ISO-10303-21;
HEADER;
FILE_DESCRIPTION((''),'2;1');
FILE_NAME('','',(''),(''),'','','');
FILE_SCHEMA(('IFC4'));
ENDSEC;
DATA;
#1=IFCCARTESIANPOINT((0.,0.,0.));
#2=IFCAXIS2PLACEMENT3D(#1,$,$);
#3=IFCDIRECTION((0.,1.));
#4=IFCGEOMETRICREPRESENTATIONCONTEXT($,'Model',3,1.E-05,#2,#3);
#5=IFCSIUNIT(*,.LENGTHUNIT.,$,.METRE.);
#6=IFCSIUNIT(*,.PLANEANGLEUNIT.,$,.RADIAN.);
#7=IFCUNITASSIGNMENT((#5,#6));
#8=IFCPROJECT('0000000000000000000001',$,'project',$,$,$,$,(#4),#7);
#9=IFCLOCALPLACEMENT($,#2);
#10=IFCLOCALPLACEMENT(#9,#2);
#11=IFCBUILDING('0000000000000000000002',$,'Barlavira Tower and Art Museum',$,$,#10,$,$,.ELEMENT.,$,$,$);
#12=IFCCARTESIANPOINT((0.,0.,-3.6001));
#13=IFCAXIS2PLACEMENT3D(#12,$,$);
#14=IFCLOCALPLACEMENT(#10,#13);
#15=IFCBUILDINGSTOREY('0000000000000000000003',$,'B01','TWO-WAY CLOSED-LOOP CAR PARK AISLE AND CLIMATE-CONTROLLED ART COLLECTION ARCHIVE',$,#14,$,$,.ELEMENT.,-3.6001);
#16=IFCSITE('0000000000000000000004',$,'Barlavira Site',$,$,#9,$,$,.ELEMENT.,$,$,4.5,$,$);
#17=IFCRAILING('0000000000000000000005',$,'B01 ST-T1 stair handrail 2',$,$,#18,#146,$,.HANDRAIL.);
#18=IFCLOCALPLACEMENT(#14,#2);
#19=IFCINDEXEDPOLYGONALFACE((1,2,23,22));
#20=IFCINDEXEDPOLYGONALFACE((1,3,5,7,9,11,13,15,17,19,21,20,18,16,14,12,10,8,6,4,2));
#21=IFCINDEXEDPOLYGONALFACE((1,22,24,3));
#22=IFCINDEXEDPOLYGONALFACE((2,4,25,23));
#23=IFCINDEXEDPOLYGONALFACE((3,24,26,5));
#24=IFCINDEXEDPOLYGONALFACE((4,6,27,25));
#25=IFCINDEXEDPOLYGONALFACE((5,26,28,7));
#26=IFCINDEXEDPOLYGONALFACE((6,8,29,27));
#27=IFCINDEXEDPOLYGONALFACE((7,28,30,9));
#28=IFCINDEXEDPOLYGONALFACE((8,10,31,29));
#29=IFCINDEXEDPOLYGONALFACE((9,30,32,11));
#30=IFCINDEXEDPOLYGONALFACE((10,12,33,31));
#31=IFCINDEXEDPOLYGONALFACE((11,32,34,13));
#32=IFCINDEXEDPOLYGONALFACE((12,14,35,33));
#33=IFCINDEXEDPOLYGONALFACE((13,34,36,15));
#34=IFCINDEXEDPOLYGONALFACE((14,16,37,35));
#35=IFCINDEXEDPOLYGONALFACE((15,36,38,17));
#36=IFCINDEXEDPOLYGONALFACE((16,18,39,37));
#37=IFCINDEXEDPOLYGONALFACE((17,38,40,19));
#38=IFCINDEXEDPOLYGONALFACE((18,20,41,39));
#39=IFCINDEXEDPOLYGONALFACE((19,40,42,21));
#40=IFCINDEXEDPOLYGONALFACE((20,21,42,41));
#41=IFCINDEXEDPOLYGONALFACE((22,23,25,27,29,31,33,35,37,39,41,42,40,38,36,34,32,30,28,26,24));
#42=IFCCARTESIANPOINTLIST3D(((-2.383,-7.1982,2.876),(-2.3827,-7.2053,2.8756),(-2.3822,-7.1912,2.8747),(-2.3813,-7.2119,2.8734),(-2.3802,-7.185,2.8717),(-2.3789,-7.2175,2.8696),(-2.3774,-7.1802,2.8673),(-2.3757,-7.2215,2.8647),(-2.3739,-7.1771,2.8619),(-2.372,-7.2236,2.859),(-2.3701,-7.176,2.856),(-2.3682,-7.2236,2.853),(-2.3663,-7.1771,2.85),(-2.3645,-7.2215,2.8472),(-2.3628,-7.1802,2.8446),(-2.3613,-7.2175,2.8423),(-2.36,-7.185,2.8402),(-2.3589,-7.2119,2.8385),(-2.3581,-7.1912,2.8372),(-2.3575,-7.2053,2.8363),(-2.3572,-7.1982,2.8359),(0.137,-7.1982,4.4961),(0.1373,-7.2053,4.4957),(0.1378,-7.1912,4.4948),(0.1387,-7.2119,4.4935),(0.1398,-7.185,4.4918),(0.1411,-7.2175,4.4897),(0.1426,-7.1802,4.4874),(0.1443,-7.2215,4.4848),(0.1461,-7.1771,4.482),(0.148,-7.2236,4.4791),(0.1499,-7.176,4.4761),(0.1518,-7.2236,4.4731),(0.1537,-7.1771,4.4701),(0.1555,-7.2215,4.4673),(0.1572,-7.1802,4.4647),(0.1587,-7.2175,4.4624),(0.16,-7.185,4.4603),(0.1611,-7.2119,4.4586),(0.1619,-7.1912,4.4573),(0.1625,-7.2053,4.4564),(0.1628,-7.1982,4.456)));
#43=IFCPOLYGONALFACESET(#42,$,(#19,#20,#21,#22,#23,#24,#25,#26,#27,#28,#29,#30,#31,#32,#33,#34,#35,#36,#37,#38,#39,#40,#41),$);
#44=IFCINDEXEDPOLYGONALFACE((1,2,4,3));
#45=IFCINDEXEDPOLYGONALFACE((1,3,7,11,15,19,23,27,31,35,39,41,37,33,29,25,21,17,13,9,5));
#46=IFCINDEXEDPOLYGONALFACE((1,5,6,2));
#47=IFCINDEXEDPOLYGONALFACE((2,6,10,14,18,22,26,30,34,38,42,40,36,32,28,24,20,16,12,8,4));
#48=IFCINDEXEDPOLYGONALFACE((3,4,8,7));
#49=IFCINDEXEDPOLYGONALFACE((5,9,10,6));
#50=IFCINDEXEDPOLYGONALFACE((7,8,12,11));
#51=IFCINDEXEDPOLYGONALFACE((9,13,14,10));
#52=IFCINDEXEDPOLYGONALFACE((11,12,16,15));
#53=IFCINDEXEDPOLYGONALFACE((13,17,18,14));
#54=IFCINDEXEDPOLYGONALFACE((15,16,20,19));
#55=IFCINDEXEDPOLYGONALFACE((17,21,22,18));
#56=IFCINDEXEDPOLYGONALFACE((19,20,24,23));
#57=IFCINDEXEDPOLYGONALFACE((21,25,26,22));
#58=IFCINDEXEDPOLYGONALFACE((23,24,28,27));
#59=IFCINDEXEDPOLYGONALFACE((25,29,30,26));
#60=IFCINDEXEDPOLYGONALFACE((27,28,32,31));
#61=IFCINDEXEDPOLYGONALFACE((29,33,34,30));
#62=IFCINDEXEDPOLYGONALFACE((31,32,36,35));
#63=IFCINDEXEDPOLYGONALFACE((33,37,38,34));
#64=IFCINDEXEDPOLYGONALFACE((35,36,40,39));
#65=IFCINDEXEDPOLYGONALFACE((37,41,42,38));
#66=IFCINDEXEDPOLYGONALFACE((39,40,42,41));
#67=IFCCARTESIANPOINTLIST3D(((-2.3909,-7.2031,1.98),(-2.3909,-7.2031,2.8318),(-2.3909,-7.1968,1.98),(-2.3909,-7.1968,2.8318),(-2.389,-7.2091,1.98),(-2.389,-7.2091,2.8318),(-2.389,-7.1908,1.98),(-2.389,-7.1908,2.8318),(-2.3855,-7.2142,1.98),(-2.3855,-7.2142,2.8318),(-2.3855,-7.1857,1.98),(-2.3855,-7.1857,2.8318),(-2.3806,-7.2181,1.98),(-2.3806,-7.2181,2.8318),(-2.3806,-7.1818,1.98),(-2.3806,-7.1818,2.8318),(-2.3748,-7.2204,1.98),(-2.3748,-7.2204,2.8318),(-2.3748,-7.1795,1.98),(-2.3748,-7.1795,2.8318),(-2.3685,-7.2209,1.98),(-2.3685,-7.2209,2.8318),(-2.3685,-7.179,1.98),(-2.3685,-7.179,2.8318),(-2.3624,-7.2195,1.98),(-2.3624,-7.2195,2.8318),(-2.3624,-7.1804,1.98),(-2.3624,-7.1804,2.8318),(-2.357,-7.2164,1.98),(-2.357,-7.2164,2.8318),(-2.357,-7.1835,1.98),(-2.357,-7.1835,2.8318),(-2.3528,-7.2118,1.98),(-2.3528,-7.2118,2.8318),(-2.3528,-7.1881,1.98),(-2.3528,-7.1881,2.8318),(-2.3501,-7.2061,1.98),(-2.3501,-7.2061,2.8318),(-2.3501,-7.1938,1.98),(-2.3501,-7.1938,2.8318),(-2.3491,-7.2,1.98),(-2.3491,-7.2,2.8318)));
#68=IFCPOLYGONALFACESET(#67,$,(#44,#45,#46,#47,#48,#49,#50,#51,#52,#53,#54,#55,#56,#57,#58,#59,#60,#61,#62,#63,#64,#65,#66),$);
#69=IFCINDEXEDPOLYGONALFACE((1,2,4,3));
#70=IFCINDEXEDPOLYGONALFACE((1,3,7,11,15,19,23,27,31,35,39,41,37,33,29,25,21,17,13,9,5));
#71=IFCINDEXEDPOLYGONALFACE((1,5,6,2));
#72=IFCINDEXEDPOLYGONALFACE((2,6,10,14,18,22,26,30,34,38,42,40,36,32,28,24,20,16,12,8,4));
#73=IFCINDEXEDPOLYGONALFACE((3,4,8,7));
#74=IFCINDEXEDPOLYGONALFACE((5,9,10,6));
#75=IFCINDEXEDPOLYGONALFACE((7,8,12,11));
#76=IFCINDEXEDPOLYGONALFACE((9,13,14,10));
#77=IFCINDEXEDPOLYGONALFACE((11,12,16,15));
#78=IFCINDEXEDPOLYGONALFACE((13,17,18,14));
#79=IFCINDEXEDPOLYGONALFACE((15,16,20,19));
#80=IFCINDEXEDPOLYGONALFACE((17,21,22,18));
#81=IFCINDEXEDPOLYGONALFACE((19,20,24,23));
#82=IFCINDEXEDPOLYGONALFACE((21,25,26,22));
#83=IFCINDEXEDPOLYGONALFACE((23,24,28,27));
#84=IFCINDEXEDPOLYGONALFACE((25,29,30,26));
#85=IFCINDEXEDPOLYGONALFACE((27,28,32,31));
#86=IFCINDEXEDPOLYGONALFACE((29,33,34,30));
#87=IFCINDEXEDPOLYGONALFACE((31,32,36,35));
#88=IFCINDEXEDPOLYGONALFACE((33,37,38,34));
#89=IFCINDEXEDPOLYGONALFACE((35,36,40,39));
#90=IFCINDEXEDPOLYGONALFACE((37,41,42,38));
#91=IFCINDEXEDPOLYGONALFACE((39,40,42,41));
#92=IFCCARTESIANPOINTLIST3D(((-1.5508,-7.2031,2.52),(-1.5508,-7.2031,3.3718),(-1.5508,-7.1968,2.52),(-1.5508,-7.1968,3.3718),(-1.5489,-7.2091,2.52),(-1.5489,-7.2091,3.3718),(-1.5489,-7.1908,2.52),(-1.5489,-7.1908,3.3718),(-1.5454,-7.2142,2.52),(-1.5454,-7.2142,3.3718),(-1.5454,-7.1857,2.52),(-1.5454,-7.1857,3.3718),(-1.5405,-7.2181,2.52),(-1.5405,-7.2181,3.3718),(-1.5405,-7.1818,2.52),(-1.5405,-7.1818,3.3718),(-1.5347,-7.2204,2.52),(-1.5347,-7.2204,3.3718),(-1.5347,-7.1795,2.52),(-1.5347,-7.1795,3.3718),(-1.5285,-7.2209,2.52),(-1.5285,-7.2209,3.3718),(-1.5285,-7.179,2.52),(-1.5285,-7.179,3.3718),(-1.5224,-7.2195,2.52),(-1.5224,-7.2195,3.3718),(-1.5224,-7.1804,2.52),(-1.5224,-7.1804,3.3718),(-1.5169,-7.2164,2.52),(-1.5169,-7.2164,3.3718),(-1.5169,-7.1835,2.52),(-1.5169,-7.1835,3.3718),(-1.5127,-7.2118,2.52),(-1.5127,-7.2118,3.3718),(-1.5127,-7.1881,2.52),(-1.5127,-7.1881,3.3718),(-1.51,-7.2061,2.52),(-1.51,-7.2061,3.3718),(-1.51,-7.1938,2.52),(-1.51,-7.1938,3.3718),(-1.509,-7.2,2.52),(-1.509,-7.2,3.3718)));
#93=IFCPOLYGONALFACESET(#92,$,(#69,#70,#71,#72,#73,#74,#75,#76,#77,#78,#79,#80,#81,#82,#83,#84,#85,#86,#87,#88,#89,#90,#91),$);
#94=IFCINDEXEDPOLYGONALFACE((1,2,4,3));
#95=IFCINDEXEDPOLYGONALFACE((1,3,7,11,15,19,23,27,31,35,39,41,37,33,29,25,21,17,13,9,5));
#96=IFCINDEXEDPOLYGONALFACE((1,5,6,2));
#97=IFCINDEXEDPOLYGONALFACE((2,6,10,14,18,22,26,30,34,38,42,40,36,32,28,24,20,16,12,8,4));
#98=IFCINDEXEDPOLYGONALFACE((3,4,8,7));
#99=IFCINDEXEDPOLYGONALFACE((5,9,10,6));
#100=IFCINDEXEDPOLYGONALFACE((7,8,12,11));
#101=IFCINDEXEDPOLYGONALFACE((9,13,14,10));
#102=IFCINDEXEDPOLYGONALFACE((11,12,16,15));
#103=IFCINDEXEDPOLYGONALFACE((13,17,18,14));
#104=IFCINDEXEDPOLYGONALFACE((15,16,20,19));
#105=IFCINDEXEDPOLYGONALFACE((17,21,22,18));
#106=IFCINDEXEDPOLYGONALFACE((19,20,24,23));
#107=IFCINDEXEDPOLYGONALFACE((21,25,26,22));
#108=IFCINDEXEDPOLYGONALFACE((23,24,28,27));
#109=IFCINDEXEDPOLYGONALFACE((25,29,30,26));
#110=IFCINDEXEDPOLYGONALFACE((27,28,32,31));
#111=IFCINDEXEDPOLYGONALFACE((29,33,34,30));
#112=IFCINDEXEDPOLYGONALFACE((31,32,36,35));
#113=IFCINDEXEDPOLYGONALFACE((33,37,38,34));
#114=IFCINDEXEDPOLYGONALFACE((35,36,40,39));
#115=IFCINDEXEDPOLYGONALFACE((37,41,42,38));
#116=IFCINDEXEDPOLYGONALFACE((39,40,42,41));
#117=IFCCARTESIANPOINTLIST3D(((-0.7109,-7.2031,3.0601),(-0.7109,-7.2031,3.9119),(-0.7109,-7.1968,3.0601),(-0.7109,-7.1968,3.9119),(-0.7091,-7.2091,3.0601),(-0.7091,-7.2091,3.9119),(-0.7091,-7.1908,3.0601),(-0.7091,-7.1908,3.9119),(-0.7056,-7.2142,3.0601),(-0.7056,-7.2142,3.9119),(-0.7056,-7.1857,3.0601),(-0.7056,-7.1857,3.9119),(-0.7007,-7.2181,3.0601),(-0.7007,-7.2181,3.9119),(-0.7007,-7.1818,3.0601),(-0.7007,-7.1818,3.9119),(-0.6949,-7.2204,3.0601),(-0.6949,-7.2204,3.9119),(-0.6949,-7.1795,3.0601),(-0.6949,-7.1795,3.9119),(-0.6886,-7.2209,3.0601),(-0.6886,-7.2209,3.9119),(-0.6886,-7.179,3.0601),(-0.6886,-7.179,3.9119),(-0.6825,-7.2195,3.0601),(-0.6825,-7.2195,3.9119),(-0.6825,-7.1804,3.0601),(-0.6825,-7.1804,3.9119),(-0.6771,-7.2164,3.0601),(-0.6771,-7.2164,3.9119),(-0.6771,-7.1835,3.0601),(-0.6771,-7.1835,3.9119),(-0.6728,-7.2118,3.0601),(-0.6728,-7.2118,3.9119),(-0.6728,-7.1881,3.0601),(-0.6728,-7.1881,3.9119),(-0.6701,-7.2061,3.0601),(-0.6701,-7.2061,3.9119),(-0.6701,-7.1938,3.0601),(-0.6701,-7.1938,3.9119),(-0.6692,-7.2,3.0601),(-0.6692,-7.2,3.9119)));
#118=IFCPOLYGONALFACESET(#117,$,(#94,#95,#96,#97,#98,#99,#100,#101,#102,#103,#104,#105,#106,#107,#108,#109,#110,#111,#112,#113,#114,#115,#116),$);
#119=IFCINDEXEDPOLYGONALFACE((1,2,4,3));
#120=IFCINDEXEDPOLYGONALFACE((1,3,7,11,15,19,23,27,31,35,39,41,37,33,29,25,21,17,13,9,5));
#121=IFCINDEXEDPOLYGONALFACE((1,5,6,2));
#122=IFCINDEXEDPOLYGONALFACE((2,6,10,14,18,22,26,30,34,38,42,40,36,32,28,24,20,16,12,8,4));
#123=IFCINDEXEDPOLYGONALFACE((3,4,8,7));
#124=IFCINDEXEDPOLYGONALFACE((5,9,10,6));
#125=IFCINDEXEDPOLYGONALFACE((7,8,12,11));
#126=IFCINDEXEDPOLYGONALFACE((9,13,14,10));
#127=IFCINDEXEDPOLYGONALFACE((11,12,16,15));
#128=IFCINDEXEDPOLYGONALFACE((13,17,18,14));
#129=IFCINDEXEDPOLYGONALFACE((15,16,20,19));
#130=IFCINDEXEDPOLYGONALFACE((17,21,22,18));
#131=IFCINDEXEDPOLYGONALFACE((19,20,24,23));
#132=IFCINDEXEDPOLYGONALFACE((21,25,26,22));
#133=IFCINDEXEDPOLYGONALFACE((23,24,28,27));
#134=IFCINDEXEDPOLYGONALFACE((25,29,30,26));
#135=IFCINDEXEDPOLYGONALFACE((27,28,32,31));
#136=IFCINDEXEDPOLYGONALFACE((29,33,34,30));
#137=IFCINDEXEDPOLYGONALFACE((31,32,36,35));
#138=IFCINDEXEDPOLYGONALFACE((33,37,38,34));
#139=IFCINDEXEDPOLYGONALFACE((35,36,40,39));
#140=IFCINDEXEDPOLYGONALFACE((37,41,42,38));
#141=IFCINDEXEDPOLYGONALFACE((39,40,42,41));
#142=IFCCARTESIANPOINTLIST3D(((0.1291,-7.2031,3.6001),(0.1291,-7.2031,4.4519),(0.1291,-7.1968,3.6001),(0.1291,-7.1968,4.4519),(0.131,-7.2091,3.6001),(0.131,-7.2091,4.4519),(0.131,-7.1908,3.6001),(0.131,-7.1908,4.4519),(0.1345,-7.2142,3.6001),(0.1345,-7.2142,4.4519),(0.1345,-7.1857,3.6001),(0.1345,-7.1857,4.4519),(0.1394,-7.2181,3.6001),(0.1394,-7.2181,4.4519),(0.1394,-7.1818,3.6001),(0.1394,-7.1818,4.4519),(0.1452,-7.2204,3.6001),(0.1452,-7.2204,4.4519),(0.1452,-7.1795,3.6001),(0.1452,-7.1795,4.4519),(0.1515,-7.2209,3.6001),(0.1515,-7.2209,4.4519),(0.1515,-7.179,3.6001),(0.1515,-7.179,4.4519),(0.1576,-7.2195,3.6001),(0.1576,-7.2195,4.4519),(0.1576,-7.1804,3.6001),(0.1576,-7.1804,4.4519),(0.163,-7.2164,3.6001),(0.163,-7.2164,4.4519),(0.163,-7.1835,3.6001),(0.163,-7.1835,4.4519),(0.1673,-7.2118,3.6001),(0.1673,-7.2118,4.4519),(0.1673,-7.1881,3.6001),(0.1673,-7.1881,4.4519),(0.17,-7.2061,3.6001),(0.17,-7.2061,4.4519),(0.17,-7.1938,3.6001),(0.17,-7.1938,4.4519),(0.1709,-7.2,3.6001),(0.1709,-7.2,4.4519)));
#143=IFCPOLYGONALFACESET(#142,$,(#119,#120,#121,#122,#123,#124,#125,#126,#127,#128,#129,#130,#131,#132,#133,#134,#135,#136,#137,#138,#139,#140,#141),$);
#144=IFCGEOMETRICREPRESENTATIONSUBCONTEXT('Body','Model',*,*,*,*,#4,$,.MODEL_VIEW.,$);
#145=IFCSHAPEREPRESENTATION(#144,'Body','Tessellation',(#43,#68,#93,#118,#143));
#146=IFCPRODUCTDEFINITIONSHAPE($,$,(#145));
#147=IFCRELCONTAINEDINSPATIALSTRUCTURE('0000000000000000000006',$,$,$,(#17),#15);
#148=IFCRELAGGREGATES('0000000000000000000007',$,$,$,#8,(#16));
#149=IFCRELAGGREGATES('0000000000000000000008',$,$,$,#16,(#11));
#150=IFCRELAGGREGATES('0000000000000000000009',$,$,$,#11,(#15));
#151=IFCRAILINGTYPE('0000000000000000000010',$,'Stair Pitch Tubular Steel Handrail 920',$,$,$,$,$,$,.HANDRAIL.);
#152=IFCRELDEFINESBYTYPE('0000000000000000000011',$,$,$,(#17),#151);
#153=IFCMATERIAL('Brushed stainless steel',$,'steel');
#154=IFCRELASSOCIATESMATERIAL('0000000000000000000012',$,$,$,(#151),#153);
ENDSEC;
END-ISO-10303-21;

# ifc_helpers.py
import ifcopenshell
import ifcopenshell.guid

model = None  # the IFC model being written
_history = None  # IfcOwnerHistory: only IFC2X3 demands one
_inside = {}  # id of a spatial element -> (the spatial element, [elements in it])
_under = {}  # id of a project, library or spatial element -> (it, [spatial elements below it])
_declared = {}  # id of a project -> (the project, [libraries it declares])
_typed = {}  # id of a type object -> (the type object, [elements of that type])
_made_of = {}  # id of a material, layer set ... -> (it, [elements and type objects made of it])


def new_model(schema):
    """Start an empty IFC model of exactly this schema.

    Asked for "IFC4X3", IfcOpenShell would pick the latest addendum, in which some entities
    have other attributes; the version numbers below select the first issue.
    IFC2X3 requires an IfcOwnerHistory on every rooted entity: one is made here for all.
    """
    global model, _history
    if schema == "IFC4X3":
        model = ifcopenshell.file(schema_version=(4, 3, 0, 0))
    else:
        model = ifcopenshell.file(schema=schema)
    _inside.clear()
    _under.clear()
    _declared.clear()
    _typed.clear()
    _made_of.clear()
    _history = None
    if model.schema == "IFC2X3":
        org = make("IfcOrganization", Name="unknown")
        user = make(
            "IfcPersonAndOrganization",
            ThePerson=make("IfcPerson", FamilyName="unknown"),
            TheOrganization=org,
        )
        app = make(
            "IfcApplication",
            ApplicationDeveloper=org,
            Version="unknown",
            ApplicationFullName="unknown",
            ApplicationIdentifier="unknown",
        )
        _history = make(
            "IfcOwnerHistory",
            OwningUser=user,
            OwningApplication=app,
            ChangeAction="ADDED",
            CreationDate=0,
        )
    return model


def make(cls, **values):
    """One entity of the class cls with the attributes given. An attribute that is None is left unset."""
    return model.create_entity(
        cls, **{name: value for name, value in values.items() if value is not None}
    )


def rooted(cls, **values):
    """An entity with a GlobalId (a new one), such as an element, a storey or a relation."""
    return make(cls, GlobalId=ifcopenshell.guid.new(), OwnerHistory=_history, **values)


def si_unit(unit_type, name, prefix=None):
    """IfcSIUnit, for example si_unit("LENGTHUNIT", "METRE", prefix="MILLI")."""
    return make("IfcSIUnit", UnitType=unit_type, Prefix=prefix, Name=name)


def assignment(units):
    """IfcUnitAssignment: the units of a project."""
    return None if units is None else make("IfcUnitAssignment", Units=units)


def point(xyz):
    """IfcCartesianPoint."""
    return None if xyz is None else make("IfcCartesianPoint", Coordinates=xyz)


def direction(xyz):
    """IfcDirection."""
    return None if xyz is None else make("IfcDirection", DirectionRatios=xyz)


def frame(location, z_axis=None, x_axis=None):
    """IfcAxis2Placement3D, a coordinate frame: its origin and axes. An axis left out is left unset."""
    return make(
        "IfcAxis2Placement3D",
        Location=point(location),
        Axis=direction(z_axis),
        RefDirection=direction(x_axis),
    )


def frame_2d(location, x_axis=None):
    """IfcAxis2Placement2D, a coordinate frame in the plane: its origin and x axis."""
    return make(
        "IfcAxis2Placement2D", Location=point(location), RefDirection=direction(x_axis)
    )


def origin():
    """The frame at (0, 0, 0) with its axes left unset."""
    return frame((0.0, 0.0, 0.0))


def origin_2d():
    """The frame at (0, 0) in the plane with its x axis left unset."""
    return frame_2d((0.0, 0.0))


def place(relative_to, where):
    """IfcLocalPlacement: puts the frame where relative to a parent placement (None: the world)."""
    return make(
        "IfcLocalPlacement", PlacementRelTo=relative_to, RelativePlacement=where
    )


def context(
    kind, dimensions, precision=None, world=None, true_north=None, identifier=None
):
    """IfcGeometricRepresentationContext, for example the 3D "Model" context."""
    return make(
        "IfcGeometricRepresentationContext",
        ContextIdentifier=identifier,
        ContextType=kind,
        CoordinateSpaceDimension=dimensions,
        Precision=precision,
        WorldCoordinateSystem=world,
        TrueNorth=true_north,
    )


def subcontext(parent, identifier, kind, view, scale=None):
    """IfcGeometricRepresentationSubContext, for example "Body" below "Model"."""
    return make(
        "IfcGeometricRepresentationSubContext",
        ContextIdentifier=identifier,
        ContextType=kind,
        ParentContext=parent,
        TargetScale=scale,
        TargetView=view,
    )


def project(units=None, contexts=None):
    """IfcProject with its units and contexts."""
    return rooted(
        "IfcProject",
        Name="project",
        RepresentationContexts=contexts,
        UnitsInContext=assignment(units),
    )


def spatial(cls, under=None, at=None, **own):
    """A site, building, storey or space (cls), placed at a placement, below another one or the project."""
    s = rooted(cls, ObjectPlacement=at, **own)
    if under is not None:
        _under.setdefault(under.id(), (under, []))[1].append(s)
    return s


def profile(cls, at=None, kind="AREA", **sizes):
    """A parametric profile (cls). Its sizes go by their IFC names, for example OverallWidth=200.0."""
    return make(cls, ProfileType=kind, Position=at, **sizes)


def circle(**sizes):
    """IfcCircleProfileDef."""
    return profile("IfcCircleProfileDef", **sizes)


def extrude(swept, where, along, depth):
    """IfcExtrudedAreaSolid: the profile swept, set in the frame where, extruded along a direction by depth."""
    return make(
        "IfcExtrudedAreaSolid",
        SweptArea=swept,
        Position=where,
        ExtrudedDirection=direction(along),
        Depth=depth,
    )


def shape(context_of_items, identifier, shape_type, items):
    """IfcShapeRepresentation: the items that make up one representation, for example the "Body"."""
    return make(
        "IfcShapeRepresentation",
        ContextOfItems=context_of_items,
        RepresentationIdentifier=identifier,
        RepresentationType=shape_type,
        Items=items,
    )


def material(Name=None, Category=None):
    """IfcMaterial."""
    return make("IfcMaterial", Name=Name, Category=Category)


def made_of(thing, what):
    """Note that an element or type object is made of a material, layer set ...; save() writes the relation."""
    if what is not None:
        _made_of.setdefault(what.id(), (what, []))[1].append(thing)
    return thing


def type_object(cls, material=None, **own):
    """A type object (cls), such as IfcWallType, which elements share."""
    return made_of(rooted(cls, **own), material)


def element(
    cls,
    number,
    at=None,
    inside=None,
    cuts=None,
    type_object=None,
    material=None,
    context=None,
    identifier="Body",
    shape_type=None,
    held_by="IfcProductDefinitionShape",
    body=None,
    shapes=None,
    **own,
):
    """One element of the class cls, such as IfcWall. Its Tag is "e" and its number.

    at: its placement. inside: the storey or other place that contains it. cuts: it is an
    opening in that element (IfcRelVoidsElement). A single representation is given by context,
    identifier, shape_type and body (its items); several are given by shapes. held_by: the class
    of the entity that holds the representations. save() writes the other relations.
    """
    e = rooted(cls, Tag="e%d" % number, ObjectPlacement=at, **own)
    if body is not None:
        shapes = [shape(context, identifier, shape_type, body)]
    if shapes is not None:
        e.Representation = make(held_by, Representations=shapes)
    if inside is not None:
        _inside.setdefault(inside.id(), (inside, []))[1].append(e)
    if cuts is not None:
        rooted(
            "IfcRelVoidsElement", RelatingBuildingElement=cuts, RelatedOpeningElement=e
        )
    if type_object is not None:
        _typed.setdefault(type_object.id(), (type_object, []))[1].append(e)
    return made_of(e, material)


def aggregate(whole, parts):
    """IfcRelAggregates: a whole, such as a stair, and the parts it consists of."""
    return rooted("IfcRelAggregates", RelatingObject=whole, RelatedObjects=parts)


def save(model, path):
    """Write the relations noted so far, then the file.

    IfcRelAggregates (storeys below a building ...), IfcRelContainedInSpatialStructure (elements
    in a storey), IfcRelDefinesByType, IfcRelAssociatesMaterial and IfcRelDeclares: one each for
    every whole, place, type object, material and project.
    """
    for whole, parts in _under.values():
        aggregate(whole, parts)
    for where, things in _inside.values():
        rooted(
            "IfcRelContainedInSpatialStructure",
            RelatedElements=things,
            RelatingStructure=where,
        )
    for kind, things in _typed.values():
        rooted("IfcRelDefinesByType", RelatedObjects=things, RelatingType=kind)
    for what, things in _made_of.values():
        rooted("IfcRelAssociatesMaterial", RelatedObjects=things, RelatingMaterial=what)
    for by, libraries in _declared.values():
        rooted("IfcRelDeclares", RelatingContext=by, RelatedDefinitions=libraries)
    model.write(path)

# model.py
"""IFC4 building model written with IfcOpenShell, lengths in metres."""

from ifc_helpers import new_model, si_unit, direction, frame, origin, origin_2d, place, context, subcontext, project, spatial, circle, extrude, material, type_object, element, save


model = new_model("IFC4")

# Units and contexts
model_context = context("Model", 3, precision=1e-05, world=origin(), true_north=direction((0.0, 1.0)))
body_context = subcontext(model_context, "Body", "Model", "MODEL_VIEW")
ifc_project = project(units=[si_unit("LENGTHUNIT", "METRE"), si_unit("PLANEANGLEUNIT", "RADIAN")], contexts=[model_context])

# Site, building, storey
site_placement = place(None, origin())
site = spatial("IfcSite", under=ifc_project, at=site_placement, Name="Barlavira Site", CompositionType="ELEMENT", RefElevation=4.5)
building_placement = place(site_placement, origin())
building = spatial("IfcBuilding", under=site, at=building_placement, Name="Barlavira Tower and Art Museum", CompositionType="ELEMENT")
storey_placement = place(building_placement, frame((0.0, 0.0, -3.6001)))
storey = spatial("IfcBuildingStorey", under=building, at=storey_placement, Name="B01", Description="TWO-WAY CLOSED-LOOP CAR PARK AISLE AND CLIMATE-CONTROLLED ART COLLECTION ARCHIVE", CompositionType="ELEMENT", Elevation=-3.6001)

# Shared definitions
ifc_material_1 = material(Name="Brushed stainless steel", Category="steel")

# Railing
railing_type_1 = type_object("IfcRailingType", Name="Stair Pitch Tubular Steel Handrail 920", PredefinedType="HANDRAIL", material=ifc_material_1)
railing_1_placement = place(storey_placement, frame((-2.3701, -7.2, 1.98)))
element("IfcRailing", 1, at=railing_1_placement, inside=storey, type_object=railing_type_1, Name="B01 ST-T1 stair handrail 2", PredefinedType="HANDRAIL", context=body_context, shape_type="SweptSolid", body=[
    extrude(circle(Radius=0.0239, at=origin_2d()), frame((0.0, 0.0, 0.876), z_axis=(0.841163, 0.0, 0.540782), x_axis=(0.0, 1.0, 0.0)), (0.0, 0.0, 1.0), 2.9958),
    extrude(circle(Radius=0.021, at=origin_2d()), origin(), (0.0, 0.0, 1.0), 0.8518),
    extrude(circle(Radius=0.021, at=origin_2d()), frame((0.8401, 0.0, 0.54)), (0.0, 0.0, 1.0), 0.8518),
    extrude(circle(Radius=0.021, at=origin_2d()), frame((1.6799, 0.0, 1.0801)), (0.0, 0.0, 1.0), 0.8518),
    extrude(circle(Radius=0.021, at=origin_2d()), frame((2.52, 0.0, 1.6201)), (0.0, 0.0, 1.0), 0.8518),
])

save(model, "model.ifc")
